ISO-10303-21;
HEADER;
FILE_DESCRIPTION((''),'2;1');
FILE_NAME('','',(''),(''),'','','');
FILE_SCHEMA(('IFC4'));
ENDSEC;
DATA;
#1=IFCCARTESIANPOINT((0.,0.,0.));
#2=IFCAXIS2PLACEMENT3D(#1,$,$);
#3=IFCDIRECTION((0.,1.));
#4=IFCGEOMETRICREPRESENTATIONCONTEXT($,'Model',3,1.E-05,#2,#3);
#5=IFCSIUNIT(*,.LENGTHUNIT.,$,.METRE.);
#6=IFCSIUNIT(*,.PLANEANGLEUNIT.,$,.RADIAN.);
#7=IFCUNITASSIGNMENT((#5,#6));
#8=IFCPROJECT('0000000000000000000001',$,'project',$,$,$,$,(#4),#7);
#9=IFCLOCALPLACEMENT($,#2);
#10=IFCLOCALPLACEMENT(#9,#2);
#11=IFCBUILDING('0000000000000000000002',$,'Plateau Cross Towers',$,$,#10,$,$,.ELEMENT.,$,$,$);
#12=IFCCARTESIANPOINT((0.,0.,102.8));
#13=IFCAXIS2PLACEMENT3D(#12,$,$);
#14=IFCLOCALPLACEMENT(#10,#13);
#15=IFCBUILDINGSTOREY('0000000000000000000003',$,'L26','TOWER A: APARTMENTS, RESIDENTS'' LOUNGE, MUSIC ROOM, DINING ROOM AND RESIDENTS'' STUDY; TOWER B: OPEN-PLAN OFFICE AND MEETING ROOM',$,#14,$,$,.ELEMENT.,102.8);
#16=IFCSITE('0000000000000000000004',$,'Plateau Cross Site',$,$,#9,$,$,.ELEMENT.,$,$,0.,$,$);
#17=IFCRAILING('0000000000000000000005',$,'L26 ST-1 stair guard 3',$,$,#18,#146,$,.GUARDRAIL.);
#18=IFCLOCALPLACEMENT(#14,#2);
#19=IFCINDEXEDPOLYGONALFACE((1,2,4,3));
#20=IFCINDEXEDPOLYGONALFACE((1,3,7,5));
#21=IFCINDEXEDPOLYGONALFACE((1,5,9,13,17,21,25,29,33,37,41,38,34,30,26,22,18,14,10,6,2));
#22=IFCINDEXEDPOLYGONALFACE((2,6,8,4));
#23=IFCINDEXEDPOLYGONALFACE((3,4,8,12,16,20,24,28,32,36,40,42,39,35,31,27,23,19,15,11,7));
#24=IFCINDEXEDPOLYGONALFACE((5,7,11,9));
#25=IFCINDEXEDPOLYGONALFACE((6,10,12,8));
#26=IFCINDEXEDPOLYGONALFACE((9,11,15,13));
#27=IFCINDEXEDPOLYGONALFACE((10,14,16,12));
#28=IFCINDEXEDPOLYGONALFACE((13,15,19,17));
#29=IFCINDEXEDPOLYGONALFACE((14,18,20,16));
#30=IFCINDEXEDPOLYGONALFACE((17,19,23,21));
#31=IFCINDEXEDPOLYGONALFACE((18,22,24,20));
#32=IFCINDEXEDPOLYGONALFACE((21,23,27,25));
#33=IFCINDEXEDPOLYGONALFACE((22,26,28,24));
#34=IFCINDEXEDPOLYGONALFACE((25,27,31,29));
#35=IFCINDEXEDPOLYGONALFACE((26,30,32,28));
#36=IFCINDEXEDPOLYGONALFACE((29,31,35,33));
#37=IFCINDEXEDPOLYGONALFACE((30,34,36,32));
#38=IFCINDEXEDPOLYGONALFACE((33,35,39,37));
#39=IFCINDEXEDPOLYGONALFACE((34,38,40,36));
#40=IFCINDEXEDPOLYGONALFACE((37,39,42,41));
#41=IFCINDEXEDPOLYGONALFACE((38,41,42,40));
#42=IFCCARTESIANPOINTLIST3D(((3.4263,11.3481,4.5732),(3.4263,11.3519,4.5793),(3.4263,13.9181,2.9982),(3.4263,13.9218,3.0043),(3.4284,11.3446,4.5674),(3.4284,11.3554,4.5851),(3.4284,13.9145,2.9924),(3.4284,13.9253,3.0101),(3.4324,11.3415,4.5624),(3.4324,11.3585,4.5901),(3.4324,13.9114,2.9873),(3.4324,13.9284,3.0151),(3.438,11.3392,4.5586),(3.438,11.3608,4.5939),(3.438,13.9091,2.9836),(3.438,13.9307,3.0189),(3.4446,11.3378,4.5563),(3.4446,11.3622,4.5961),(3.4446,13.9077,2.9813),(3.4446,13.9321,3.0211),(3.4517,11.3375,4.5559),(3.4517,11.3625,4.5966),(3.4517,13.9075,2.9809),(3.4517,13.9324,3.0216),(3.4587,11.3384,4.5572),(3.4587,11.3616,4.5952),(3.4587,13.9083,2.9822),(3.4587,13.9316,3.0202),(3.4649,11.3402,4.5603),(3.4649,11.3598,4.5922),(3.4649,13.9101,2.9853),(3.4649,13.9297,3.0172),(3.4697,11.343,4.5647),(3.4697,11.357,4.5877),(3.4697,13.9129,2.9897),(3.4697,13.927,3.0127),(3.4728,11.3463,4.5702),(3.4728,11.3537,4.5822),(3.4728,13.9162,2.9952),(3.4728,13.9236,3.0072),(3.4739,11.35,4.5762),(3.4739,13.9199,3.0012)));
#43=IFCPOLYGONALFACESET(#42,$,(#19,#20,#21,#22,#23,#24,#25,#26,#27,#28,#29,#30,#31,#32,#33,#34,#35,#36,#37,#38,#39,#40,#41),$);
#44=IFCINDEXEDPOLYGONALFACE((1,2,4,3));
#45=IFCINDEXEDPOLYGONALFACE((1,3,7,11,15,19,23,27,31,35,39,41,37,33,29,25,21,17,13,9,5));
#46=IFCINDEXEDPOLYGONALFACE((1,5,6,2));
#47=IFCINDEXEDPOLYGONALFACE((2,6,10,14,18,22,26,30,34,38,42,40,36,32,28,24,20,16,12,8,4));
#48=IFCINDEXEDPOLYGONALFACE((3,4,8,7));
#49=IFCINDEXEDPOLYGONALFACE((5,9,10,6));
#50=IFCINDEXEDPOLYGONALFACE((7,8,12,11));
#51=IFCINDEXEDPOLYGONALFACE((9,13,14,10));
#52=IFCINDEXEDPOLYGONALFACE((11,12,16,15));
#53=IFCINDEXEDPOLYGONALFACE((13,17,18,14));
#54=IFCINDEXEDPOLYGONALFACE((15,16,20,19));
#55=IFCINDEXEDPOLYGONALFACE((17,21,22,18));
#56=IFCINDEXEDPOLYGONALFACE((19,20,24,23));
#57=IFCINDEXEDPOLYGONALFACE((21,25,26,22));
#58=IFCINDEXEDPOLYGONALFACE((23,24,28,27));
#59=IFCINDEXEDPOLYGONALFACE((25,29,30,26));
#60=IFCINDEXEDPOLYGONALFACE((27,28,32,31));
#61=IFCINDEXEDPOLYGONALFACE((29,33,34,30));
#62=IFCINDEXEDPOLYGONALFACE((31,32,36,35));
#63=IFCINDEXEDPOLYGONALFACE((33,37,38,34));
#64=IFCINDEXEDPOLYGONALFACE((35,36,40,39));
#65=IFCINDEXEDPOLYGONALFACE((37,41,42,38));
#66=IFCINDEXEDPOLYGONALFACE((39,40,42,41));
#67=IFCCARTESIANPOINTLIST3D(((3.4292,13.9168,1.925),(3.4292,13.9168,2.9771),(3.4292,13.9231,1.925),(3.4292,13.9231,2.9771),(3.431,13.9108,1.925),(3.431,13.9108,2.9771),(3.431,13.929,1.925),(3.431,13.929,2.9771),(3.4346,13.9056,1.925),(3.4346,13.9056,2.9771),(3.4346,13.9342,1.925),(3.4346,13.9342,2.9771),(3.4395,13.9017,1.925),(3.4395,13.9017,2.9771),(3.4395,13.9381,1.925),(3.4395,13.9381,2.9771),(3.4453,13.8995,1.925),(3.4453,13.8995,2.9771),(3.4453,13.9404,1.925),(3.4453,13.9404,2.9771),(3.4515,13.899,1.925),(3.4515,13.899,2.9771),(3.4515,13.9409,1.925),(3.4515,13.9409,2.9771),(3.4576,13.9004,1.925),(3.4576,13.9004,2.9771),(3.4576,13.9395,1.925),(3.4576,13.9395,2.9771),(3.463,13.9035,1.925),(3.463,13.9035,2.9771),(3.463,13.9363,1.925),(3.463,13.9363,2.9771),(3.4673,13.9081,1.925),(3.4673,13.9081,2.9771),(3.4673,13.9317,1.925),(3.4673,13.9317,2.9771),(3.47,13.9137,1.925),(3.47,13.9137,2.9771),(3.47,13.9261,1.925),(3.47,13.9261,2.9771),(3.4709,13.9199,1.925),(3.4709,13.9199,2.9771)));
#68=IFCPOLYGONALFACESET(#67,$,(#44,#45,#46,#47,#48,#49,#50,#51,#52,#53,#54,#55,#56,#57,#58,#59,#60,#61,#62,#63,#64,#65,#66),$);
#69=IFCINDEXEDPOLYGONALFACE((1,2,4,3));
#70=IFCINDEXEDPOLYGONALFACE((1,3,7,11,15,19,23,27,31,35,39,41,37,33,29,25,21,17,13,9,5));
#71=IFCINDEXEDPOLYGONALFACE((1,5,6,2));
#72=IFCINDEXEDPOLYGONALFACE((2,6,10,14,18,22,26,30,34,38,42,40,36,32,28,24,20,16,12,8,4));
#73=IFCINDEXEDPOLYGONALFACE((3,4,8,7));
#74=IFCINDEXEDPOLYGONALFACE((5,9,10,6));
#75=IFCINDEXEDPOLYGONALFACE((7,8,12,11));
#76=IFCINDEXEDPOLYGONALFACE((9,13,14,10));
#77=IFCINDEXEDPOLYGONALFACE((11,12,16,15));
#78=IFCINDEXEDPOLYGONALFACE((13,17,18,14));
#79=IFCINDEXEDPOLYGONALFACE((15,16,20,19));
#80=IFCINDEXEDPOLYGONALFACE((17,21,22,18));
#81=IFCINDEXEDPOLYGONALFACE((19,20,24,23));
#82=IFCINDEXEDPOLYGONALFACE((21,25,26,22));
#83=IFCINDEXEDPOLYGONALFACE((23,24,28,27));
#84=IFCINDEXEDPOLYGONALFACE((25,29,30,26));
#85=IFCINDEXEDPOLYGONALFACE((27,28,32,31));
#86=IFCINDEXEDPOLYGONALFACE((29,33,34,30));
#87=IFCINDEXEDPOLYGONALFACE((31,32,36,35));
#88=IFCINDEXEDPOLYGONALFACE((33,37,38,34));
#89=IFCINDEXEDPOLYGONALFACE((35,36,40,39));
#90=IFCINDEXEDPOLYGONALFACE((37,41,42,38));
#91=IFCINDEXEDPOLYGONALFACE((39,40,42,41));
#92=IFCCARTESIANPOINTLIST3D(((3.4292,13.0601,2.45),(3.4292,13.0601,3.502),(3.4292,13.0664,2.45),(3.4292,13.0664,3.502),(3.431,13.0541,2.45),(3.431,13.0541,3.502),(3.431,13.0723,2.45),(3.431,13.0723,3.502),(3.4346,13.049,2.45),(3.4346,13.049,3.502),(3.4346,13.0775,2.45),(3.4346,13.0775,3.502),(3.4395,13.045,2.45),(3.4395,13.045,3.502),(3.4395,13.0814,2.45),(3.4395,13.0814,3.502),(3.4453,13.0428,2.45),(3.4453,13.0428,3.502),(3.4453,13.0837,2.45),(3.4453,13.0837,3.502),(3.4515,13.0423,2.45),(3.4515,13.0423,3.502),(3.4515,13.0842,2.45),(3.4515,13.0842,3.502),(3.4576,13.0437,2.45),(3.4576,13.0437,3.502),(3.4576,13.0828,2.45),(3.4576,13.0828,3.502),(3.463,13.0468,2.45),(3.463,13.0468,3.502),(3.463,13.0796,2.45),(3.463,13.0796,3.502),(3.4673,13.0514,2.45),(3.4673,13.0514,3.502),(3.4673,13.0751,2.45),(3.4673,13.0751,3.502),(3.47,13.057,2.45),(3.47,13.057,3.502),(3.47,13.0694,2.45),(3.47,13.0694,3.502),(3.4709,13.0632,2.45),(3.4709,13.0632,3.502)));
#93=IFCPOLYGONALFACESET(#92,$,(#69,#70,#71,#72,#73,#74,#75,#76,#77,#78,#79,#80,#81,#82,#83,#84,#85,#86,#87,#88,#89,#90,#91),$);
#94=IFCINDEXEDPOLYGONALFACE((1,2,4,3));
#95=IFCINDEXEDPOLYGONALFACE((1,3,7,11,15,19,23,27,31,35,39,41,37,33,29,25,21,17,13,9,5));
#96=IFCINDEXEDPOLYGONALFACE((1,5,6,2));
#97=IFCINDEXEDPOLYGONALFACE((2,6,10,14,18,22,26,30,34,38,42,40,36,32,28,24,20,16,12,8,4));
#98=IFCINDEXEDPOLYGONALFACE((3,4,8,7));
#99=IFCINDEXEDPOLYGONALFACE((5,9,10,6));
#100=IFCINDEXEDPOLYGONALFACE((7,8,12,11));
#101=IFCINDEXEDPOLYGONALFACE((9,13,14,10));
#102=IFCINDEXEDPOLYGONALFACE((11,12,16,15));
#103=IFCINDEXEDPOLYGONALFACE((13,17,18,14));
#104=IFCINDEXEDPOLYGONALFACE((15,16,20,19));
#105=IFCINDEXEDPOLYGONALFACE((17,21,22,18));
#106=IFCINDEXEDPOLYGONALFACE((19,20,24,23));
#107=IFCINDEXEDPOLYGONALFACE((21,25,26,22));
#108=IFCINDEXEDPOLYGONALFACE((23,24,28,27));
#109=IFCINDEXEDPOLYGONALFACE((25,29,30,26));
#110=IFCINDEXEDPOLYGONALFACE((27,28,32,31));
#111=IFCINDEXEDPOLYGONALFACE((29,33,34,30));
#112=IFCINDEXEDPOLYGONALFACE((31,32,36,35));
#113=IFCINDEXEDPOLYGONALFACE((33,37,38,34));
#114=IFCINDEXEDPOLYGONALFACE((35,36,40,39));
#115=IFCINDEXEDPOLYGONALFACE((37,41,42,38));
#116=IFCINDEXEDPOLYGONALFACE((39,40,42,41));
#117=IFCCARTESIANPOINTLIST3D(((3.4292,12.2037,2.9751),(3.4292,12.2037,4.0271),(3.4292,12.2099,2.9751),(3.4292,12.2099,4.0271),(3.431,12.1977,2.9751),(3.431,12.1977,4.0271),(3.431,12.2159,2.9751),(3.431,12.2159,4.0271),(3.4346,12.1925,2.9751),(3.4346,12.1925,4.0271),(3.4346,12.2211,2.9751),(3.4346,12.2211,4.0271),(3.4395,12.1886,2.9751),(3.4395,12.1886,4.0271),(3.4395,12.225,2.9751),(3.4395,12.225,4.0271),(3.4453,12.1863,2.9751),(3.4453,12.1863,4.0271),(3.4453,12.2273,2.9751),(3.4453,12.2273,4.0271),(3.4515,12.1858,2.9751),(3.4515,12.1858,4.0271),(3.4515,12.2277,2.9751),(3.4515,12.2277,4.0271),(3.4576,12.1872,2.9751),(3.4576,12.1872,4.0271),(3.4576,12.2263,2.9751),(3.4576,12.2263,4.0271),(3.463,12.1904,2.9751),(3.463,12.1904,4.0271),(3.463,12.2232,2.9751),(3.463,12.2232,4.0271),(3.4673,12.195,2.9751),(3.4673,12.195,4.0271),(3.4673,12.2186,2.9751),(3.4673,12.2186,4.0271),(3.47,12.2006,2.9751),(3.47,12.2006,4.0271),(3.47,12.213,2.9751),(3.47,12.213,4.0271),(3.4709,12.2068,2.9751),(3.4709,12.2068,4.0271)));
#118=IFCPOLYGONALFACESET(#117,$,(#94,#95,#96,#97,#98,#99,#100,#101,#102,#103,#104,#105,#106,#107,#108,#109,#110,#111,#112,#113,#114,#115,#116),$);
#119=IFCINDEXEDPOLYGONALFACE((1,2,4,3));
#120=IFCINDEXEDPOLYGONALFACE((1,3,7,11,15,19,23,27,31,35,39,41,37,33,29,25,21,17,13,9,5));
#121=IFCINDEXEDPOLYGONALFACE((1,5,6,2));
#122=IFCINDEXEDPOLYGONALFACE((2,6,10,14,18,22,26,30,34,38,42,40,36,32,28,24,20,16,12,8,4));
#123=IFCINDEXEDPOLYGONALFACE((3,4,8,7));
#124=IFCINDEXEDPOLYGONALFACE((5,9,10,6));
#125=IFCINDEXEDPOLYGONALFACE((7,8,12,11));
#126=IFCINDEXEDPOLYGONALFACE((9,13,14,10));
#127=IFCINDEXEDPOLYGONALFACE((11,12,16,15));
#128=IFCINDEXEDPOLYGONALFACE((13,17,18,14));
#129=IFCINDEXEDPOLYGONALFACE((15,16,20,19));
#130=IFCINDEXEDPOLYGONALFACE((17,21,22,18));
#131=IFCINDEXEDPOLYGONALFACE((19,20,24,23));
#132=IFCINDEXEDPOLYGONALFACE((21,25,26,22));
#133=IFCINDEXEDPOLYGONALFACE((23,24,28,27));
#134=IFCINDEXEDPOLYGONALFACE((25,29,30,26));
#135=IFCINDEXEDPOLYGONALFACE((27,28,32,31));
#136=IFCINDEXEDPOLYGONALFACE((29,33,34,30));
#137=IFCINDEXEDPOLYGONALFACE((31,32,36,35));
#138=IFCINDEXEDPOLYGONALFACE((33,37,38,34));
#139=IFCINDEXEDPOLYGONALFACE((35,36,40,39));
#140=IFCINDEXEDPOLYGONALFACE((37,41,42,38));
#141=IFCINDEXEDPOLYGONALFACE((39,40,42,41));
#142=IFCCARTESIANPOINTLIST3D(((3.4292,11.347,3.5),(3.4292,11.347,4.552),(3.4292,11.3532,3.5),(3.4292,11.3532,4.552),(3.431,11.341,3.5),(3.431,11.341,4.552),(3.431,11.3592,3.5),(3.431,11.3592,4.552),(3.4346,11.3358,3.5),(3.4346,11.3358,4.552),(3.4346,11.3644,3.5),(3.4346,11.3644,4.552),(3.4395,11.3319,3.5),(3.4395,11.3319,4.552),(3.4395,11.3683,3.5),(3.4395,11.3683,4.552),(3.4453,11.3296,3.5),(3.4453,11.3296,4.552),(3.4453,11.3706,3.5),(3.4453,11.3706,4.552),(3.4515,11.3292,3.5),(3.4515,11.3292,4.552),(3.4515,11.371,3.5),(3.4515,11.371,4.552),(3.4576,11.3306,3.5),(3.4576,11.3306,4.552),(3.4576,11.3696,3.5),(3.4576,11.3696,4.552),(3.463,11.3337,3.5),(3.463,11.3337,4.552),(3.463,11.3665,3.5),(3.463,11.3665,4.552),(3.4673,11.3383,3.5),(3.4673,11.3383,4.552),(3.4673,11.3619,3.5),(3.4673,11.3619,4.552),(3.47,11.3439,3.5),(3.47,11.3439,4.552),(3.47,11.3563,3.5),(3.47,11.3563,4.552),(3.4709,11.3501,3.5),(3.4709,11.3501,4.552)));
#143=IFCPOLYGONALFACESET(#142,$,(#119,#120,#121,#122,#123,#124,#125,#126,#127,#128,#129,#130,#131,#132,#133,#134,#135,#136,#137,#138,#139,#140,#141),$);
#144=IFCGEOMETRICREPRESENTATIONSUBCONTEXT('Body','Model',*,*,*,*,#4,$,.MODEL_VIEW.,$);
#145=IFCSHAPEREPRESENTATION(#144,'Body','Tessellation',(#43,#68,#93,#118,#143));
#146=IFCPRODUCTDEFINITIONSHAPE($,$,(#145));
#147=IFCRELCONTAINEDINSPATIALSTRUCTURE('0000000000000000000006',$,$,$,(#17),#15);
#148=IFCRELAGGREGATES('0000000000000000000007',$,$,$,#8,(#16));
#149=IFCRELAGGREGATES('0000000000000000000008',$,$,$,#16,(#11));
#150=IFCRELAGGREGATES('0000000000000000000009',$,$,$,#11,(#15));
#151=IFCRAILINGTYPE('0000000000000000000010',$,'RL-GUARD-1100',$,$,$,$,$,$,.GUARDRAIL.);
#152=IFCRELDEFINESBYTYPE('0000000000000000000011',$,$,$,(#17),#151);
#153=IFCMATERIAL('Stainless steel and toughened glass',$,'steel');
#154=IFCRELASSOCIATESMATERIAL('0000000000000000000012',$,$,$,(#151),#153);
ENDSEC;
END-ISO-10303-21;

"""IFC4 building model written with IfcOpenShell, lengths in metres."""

from ifc_helpers import new_model, si_unit, direction, frame, origin, origin_2d, place, context, subcontext, project, spatial, circle, extrude, material, type_object, element, save


model = new_model("IFC4")

# Units and contexts
model_context = context("Model", 3, precision=1e-05, world=origin(), true_north=direction((0.0, 1.0)))
body_context = subcontext(model_context, "Body", "Model", "MODEL_VIEW")
ifc_project = project(units=[si_unit("LENGTHUNIT", "METRE"), si_unit("PLANEANGLEUNIT", "RADIAN")], contexts=[model_context])

# Site, building, storey
site_placement = place(None, origin())
site = spatial("IfcSite", under=ifc_project, at=site_placement, Name="Plateau Cross Site", CompositionType="ELEMENT", RefElevation=0.0)
building_placement = place(site_placement, origin())
building = spatial("IfcBuilding", under=site, at=building_placement, Name="Plateau Cross Towers", CompositionType="ELEMENT")
storey_placement = place(building_placement, frame((0.0, 0.0, 102.8)))
storey = spatial("IfcBuildingStorey", under=building, at=storey_placement, Name="L26", Description="TOWER A: APARTMENTS, RESIDENTS' LOUNGE, MUSIC ROOM, DINING ROOM AND RESIDENTS' STUDY; TOWER B: OPEN-PLAN OFFICE AND MEETING ROOM", CompositionType="ELEMENT", Elevation=102.8)

# Railing
ifc_material_1 = material(Name="Stainless steel and toughened glass", Category="steel")
railing_type_1 = type_object("IfcRailingType", Name="RL-GUARD-1100", PredefinedType="GUARDRAIL", material=ifc_material_1)
railing_1_placement = place(storey_placement, frame((3.45, 13.9199, 1.925)))
element("IfcRailing", 1, at=railing_1_placement, inside=storey, type_object=railing_type_1, Name="L26 ST-1 stair guard 3", PredefinedType="GUARDRAIL", context=body_context, shape_type="SweptSolid", body=[
    extrude(circle(Radius=0.0239, at=origin_2d()), frame((0.0, 0.0, 1.0762), z_axis=(0.0, -0.852616, 0.522537), x_axis=(1.0, 0.0, 0.0)), (0.0, 0.0, 1.0), 3.0142),
    extrude(circle(Radius=0.021, at=origin_2d()), origin(), (0.0, 0.0, 1.0), 1.052),
    extrude(circle(Radius=0.021, at=origin_2d()), frame((0.0, -0.8567, 0.5249)), (0.0, 0.0, 1.0), 1.052),
    extrude(circle(Radius=0.021, at=origin_2d()), frame((0.0, -1.7131, 1.05)), (0.0, 0.0, 1.0), 1.052),
    extrude(circle(Radius=0.021, at=origin_2d()), frame((0.0, -2.5698, 1.575)), (0.0, 0.0, 1.0), 1.052),
])

save(model, "model.ifc")
